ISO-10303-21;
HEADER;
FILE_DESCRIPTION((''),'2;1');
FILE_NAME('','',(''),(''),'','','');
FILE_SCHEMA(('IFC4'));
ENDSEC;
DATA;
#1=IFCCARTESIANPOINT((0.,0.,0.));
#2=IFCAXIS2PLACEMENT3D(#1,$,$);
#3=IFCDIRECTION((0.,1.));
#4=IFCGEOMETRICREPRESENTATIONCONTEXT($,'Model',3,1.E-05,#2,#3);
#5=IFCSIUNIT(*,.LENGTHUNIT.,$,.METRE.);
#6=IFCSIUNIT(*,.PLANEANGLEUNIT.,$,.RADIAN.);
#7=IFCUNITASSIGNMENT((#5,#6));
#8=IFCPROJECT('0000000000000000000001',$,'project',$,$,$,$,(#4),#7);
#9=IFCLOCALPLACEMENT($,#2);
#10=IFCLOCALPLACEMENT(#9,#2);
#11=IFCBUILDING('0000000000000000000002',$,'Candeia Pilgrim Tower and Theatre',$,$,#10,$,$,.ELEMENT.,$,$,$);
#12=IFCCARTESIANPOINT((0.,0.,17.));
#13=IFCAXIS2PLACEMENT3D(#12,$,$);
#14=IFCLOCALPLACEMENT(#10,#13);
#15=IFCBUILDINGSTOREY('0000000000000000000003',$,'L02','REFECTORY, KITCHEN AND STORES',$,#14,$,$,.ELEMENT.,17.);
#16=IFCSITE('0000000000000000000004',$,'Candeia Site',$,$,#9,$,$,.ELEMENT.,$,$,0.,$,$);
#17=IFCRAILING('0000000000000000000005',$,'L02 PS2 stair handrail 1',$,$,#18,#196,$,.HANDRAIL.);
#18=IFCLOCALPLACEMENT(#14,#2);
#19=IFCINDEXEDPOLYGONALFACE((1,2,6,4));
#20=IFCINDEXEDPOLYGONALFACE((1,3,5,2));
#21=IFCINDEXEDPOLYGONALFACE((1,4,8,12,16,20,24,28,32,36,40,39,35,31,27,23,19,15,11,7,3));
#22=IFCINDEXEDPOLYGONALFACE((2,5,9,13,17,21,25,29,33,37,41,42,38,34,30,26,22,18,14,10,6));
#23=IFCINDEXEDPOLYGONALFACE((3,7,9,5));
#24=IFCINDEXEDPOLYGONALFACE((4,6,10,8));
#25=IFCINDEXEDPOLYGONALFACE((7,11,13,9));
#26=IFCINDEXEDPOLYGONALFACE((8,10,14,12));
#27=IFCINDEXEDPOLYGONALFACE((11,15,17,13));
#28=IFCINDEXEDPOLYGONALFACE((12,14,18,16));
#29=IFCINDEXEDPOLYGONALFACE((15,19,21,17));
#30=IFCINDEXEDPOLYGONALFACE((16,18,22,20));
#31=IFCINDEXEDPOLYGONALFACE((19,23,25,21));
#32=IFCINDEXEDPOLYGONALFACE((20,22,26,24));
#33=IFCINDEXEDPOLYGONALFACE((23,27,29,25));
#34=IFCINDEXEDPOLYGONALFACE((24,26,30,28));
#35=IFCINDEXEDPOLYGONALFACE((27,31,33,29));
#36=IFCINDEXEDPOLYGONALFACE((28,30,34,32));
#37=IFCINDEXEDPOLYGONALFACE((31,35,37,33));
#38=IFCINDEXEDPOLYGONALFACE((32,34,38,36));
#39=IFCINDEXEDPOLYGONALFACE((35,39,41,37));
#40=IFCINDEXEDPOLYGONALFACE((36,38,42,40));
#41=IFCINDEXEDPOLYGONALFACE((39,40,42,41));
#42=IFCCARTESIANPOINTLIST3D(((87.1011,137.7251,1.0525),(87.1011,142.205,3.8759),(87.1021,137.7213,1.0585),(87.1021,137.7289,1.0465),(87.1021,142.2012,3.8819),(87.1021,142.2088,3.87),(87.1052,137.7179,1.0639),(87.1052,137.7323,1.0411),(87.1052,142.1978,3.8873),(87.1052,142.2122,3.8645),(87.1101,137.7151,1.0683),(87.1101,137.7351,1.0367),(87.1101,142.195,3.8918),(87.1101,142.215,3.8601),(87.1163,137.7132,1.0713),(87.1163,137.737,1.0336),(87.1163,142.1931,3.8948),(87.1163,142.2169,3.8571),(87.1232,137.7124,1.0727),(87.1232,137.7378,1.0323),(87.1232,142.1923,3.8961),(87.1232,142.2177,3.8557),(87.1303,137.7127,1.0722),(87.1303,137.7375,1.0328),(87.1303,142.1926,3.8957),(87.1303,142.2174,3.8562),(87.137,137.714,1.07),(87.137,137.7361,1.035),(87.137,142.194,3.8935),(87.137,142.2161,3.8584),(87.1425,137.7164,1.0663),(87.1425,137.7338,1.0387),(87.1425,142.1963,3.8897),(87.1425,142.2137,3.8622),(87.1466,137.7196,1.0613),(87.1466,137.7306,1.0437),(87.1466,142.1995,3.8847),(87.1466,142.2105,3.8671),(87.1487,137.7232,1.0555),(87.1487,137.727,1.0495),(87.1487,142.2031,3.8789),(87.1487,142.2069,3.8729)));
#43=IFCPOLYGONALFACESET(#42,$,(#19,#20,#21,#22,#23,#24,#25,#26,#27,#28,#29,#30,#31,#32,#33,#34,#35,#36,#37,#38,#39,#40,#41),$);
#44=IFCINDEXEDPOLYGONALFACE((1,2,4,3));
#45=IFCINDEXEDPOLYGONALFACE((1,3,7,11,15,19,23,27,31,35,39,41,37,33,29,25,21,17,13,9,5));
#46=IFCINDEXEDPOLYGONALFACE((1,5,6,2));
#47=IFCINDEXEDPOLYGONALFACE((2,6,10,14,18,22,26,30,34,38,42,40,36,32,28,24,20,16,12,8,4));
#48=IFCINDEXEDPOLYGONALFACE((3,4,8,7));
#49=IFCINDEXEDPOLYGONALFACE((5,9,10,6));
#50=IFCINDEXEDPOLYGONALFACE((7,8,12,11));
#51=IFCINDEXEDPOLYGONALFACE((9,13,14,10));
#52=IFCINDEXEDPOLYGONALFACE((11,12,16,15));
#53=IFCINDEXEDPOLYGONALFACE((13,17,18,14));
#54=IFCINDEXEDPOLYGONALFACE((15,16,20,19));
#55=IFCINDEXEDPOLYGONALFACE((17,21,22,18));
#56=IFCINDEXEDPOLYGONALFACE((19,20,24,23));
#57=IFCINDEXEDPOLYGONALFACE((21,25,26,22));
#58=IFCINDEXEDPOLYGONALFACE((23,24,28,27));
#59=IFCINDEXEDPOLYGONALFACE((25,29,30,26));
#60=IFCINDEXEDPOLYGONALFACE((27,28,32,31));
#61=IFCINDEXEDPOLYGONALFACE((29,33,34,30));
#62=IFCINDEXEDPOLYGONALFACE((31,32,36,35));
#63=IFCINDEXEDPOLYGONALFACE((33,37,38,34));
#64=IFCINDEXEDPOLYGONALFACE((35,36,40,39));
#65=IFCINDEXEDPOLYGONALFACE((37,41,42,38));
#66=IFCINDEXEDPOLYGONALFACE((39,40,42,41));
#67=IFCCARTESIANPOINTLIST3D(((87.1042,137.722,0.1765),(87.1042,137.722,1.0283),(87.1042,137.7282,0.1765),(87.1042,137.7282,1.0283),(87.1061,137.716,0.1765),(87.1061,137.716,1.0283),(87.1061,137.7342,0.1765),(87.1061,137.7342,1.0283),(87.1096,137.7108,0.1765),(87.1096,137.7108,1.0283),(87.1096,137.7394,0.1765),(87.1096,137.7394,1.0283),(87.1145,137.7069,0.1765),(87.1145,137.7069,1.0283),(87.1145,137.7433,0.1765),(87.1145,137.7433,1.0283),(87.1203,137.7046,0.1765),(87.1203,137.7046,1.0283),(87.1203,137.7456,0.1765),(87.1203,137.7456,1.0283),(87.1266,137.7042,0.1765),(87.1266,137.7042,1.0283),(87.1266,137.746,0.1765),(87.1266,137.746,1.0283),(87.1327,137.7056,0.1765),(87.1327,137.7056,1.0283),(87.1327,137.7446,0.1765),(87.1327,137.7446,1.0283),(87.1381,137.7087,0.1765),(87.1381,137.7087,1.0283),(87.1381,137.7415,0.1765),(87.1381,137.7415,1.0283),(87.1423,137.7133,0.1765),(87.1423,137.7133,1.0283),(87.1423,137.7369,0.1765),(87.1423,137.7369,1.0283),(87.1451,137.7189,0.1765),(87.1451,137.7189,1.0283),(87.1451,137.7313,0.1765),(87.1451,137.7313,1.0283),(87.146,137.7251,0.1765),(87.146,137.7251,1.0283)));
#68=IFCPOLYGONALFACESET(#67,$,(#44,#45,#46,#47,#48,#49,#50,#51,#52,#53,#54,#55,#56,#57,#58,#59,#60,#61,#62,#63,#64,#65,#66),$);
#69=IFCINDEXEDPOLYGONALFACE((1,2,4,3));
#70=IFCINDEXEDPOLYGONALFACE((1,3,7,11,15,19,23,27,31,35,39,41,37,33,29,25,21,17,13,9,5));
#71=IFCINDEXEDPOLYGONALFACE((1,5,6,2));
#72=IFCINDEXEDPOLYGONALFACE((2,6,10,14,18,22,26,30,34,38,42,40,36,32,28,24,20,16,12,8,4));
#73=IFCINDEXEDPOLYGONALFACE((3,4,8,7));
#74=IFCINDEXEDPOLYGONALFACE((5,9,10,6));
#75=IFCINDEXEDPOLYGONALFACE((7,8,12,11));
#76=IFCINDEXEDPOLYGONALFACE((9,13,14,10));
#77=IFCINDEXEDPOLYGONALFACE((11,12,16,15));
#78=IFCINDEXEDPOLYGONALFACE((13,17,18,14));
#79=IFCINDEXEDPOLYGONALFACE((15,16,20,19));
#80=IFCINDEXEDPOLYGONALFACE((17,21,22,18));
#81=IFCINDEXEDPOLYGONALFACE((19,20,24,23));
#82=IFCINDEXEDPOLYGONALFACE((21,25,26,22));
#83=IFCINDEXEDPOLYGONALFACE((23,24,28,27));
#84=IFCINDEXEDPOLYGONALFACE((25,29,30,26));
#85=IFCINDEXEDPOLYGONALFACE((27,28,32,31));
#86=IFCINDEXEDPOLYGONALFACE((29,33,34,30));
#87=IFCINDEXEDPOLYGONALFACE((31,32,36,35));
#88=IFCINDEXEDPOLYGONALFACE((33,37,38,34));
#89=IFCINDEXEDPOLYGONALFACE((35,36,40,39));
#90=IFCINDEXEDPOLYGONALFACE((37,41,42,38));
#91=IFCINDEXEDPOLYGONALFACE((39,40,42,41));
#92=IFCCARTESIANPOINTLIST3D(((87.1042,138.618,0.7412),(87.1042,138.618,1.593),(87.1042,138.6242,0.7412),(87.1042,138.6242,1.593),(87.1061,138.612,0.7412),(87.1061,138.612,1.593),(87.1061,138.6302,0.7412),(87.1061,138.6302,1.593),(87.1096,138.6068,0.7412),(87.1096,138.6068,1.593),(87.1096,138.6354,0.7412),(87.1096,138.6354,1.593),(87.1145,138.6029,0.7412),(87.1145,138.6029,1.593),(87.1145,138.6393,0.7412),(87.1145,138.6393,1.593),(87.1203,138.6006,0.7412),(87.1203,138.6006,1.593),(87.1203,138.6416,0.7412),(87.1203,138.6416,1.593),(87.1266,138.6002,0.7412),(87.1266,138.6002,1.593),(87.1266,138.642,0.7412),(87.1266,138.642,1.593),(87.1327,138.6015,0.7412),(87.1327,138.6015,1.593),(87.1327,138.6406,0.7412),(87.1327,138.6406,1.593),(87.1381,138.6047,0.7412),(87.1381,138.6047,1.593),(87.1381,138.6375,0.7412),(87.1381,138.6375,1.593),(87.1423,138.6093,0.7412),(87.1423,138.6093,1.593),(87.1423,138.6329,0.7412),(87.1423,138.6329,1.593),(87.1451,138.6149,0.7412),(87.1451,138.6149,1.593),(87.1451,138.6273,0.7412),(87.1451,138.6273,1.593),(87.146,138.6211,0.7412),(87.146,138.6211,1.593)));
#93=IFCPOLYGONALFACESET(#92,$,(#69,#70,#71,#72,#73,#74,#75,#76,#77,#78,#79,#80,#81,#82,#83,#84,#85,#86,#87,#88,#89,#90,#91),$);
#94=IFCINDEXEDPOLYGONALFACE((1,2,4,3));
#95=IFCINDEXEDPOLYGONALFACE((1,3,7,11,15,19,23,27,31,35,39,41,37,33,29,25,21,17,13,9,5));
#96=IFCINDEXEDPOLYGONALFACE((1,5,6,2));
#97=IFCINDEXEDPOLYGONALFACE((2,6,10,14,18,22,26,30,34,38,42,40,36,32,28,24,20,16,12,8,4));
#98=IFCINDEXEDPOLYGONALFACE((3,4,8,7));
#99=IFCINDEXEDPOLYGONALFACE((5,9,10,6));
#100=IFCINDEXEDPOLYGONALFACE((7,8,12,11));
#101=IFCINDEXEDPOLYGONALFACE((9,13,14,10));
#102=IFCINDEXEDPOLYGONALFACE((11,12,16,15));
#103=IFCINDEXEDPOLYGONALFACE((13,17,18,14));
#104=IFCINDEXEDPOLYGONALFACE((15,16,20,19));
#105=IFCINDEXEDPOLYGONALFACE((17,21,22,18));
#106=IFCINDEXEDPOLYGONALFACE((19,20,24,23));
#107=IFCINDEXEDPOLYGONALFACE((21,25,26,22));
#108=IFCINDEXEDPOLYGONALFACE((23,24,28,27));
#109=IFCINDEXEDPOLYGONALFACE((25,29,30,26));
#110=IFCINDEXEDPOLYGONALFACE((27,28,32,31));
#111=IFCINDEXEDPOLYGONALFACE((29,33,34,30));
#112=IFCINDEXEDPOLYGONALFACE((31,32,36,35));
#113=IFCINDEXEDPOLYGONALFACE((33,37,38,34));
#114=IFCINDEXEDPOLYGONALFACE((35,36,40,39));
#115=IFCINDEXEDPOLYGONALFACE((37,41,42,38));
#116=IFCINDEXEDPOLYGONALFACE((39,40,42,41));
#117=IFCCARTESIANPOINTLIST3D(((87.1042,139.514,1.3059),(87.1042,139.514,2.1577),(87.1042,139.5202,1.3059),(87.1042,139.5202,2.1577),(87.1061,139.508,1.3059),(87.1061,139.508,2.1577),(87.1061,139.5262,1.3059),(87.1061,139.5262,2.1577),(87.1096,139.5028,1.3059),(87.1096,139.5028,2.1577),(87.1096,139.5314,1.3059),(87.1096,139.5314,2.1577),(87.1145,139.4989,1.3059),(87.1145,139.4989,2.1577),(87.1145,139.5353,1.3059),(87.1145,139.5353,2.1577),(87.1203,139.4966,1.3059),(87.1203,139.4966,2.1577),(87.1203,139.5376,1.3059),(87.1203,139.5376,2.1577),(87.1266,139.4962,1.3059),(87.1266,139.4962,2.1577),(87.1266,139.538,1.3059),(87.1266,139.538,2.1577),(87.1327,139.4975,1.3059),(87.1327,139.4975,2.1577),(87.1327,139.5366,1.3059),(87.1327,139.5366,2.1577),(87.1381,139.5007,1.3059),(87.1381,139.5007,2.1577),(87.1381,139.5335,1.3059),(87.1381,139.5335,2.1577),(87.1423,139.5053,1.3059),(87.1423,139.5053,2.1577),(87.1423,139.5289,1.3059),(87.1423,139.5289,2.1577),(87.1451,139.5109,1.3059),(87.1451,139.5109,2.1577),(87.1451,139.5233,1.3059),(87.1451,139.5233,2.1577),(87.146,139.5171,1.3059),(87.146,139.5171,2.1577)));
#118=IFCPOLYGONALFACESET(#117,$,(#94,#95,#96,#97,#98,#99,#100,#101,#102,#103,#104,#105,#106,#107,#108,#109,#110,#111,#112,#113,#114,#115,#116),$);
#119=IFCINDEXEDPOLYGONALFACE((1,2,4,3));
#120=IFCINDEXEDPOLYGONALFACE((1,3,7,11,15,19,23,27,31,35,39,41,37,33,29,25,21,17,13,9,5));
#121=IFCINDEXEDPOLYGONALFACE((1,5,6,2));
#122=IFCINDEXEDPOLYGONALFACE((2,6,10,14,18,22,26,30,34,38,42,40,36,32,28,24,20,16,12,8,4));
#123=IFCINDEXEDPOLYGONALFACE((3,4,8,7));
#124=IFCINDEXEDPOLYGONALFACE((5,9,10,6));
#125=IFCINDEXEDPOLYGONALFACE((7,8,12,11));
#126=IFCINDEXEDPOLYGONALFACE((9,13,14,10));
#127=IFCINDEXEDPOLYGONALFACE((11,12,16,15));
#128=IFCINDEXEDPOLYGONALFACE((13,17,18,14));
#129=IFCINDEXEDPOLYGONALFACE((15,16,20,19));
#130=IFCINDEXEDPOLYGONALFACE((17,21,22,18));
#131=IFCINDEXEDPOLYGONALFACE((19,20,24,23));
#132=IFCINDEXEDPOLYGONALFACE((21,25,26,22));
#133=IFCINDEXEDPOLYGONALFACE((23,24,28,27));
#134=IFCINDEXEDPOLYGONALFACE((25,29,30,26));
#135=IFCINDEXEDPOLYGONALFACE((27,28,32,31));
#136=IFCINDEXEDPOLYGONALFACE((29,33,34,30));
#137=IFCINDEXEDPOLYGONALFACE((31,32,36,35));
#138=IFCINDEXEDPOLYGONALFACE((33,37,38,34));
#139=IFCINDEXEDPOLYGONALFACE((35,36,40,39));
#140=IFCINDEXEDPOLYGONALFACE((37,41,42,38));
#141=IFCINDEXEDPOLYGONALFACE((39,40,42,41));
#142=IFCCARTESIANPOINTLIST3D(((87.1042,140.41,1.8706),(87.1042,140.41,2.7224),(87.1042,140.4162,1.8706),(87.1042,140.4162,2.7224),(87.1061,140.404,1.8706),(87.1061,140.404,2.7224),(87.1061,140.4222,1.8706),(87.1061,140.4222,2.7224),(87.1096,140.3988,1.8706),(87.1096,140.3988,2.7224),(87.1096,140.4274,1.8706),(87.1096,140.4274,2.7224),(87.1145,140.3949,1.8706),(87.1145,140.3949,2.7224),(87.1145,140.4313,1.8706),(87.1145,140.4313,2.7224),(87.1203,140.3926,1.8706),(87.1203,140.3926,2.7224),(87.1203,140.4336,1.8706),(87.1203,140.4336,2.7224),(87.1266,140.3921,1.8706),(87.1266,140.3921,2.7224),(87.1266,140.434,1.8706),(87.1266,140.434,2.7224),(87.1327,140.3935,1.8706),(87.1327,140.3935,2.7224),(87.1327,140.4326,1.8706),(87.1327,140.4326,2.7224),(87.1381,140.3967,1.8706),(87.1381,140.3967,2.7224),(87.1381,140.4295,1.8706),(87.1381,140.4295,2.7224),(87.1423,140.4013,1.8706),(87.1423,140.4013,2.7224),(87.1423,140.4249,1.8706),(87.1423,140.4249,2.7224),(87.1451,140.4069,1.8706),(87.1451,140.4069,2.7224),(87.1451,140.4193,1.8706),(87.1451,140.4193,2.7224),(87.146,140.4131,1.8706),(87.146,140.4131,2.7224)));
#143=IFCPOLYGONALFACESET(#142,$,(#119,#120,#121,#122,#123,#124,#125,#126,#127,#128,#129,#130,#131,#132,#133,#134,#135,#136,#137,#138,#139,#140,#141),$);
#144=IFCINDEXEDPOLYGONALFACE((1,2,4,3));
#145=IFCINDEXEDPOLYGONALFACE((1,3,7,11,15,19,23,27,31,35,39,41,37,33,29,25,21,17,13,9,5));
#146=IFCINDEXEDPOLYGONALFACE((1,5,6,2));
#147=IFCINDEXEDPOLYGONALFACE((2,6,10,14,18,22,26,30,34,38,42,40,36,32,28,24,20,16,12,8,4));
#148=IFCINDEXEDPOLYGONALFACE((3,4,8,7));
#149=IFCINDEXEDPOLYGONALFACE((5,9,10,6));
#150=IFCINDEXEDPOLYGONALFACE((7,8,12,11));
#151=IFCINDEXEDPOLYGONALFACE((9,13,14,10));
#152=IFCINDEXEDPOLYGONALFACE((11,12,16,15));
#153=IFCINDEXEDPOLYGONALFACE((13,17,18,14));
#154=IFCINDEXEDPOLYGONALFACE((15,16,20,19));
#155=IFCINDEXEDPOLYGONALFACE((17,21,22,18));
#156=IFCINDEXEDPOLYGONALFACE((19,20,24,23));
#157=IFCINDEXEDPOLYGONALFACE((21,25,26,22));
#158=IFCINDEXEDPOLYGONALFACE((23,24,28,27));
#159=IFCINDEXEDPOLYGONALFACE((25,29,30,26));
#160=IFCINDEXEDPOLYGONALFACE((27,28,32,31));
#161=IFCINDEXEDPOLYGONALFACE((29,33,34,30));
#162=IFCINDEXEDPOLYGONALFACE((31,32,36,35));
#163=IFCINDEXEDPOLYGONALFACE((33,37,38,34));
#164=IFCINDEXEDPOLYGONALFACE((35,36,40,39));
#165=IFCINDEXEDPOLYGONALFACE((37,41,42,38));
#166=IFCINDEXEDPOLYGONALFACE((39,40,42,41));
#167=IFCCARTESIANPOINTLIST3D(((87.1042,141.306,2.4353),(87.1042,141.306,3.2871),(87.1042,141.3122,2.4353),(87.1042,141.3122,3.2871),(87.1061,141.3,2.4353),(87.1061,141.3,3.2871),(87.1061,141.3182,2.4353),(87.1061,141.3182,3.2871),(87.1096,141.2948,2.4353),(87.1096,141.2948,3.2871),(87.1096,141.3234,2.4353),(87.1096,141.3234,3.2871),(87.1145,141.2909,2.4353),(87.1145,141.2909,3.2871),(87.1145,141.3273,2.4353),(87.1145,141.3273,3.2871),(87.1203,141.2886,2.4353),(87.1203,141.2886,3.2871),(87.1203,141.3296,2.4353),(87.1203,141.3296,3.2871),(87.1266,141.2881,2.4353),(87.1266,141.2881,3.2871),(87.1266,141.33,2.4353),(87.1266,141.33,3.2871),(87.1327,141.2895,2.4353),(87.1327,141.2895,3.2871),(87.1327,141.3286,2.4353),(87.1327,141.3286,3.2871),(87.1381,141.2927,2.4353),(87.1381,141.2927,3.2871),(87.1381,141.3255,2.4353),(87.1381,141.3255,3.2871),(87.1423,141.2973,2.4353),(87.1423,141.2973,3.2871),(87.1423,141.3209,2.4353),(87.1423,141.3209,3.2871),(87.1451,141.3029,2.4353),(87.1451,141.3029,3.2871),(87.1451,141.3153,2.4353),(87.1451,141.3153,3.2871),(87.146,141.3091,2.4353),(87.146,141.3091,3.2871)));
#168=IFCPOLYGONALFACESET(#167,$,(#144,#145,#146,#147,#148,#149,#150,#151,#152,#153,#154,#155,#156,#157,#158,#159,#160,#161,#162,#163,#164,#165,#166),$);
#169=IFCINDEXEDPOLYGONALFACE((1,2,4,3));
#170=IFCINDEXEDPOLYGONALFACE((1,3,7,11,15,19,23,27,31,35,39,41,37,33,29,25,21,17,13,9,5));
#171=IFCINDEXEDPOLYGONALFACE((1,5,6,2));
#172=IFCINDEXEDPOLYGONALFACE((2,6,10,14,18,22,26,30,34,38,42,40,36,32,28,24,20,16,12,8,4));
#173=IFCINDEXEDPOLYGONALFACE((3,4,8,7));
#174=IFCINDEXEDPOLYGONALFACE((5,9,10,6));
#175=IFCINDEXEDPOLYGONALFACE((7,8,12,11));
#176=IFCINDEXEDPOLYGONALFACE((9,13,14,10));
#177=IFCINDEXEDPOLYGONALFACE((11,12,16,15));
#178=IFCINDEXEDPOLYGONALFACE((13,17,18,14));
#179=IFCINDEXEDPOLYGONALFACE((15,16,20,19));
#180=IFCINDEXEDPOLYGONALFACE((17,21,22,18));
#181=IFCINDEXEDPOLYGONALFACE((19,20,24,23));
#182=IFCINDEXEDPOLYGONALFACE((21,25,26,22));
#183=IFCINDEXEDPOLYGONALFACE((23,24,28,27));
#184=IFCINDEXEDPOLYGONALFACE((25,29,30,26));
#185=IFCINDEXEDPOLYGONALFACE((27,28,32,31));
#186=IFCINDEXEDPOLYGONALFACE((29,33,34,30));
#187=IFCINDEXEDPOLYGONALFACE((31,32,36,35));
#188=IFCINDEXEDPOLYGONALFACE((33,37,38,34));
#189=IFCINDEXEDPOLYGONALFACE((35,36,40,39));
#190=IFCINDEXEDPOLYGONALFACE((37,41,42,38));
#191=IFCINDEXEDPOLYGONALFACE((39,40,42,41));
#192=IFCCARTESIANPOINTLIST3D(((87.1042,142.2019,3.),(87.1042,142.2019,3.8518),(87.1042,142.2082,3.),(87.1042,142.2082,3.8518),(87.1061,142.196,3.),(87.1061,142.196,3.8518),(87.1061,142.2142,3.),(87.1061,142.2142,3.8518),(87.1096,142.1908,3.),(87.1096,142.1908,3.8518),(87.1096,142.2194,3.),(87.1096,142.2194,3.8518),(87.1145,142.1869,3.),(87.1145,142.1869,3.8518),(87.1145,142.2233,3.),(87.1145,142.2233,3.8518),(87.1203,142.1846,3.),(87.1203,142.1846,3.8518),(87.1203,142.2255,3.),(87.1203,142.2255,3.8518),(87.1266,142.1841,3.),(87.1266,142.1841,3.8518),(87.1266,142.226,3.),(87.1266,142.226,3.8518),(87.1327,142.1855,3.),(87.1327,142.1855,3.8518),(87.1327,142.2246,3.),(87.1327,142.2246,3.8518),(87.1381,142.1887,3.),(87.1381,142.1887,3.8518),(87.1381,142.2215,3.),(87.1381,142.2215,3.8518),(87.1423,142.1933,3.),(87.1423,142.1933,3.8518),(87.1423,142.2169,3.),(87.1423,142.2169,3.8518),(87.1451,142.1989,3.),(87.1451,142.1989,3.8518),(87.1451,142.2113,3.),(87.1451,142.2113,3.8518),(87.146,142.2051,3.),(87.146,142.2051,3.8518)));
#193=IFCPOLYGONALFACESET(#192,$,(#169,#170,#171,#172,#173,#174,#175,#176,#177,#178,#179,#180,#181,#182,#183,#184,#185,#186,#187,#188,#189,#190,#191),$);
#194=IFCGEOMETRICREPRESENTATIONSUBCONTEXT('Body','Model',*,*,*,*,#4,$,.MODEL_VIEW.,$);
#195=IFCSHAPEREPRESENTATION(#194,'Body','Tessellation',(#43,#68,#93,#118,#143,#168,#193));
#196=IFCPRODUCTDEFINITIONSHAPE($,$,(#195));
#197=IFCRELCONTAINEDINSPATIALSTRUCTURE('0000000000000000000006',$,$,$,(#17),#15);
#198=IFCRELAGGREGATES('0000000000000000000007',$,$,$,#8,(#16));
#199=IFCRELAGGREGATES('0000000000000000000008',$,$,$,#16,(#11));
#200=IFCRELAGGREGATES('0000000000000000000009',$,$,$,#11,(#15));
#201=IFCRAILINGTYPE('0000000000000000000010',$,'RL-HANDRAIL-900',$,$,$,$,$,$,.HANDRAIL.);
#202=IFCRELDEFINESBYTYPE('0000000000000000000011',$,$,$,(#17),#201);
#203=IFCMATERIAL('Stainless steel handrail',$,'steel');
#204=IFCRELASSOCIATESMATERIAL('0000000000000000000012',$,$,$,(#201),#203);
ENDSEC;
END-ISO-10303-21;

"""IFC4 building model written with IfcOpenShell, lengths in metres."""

from ifc_helpers import new_model, si_unit, direction, frame, origin, origin_2d, place, context, subcontext, project, spatial, circle, extrude, material, type_object, element, save


model = new_model("IFC4")

# Units and contexts
model_context = context("Model", 3, precision=1e-05, world=origin(), true_north=direction((0.0, 1.0)))
body_context = subcontext(model_context, "Body", "Model", "MODEL_VIEW")
ifc_project = project(units=[si_unit("LENGTHUNIT", "METRE"), si_unit("PLANEANGLEUNIT", "RADIAN")], contexts=[model_context])

# Site, building, storey
site_placement = place(None, origin())
site = spatial("IfcSite", under=ifc_project, at=site_placement, Name="Candeia Site", CompositionType="ELEMENT", RefElevation=0.0)
building_placement = place(site_placement, origin())
building = spatial("IfcBuilding", under=site, at=building_placement, Name="Candeia Pilgrim Tower and Theatre", CompositionType="ELEMENT")
storey_placement = place(building_placement, frame((0.0, 0.0, 17.0)))
storey = spatial("IfcBuildingStorey", under=building, at=storey_placement, Name="L02", Description="REFECTORY, KITCHEN AND STORES", CompositionType="ELEMENT", Elevation=17.0)

# Railing
ifc_material_1 = material(Name="Stainless steel handrail", Category="steel")
railing_type_1 = type_object("IfcRailingType", Name="RL-HANDRAIL-900", PredefinedType="HANDRAIL", material=ifc_material_1)
railing_1_placement = place(storey_placement, frame((87.125, 137.7251, 0.1765)))
element("IfcRailing", 1, at=railing_1_placement, inside=storey, type_object=railing_type_1, Name="L02 PS2 stair handrail 1", PredefinedType="HANDRAIL", context=body_context, shape_type="SweptSolid", body=[
    extrude(circle(Radius=0.0239, at=origin_2d()), frame((0.0, 0.0, 0.876), z_axis=(0.0, 0.845998, 0.533186), x_axis=(-1.0, 0.0, 0.0)), (0.0, 0.0, 1.0), 5.2954),
    extrude(circle(Radius=0.021, at=origin_2d()), origin(), (0.0, 0.0, 1.0), 0.8518),
    extrude(circle(Radius=0.021, at=origin_2d()), frame((0.0, 0.896, 0.5647)), (0.0, 0.0, 1.0), 0.8518),
    extrude(circle(Radius=0.021, at=origin_2d()), frame((0.0, 1.792, 1.1294)), (0.0, 0.0, 1.0), 0.8518),
    extrude(circle(Radius=0.021, at=origin_2d()), frame((0.0, 2.688, 1.6941)), (0.0, 0.0, 1.0), 0.8518),
    extrude(circle(Radius=0.021, at=origin_2d()), frame((0.0, 3.584, 2.2588)), (0.0, 0.0, 1.0), 0.8518),
    extrude(circle(Radius=0.021, at=origin_2d()), frame((0.0, 4.48, 2.8235)), (0.0, 0.0, 1.0), 0.8518),
])

save(model, "model.ifc")
